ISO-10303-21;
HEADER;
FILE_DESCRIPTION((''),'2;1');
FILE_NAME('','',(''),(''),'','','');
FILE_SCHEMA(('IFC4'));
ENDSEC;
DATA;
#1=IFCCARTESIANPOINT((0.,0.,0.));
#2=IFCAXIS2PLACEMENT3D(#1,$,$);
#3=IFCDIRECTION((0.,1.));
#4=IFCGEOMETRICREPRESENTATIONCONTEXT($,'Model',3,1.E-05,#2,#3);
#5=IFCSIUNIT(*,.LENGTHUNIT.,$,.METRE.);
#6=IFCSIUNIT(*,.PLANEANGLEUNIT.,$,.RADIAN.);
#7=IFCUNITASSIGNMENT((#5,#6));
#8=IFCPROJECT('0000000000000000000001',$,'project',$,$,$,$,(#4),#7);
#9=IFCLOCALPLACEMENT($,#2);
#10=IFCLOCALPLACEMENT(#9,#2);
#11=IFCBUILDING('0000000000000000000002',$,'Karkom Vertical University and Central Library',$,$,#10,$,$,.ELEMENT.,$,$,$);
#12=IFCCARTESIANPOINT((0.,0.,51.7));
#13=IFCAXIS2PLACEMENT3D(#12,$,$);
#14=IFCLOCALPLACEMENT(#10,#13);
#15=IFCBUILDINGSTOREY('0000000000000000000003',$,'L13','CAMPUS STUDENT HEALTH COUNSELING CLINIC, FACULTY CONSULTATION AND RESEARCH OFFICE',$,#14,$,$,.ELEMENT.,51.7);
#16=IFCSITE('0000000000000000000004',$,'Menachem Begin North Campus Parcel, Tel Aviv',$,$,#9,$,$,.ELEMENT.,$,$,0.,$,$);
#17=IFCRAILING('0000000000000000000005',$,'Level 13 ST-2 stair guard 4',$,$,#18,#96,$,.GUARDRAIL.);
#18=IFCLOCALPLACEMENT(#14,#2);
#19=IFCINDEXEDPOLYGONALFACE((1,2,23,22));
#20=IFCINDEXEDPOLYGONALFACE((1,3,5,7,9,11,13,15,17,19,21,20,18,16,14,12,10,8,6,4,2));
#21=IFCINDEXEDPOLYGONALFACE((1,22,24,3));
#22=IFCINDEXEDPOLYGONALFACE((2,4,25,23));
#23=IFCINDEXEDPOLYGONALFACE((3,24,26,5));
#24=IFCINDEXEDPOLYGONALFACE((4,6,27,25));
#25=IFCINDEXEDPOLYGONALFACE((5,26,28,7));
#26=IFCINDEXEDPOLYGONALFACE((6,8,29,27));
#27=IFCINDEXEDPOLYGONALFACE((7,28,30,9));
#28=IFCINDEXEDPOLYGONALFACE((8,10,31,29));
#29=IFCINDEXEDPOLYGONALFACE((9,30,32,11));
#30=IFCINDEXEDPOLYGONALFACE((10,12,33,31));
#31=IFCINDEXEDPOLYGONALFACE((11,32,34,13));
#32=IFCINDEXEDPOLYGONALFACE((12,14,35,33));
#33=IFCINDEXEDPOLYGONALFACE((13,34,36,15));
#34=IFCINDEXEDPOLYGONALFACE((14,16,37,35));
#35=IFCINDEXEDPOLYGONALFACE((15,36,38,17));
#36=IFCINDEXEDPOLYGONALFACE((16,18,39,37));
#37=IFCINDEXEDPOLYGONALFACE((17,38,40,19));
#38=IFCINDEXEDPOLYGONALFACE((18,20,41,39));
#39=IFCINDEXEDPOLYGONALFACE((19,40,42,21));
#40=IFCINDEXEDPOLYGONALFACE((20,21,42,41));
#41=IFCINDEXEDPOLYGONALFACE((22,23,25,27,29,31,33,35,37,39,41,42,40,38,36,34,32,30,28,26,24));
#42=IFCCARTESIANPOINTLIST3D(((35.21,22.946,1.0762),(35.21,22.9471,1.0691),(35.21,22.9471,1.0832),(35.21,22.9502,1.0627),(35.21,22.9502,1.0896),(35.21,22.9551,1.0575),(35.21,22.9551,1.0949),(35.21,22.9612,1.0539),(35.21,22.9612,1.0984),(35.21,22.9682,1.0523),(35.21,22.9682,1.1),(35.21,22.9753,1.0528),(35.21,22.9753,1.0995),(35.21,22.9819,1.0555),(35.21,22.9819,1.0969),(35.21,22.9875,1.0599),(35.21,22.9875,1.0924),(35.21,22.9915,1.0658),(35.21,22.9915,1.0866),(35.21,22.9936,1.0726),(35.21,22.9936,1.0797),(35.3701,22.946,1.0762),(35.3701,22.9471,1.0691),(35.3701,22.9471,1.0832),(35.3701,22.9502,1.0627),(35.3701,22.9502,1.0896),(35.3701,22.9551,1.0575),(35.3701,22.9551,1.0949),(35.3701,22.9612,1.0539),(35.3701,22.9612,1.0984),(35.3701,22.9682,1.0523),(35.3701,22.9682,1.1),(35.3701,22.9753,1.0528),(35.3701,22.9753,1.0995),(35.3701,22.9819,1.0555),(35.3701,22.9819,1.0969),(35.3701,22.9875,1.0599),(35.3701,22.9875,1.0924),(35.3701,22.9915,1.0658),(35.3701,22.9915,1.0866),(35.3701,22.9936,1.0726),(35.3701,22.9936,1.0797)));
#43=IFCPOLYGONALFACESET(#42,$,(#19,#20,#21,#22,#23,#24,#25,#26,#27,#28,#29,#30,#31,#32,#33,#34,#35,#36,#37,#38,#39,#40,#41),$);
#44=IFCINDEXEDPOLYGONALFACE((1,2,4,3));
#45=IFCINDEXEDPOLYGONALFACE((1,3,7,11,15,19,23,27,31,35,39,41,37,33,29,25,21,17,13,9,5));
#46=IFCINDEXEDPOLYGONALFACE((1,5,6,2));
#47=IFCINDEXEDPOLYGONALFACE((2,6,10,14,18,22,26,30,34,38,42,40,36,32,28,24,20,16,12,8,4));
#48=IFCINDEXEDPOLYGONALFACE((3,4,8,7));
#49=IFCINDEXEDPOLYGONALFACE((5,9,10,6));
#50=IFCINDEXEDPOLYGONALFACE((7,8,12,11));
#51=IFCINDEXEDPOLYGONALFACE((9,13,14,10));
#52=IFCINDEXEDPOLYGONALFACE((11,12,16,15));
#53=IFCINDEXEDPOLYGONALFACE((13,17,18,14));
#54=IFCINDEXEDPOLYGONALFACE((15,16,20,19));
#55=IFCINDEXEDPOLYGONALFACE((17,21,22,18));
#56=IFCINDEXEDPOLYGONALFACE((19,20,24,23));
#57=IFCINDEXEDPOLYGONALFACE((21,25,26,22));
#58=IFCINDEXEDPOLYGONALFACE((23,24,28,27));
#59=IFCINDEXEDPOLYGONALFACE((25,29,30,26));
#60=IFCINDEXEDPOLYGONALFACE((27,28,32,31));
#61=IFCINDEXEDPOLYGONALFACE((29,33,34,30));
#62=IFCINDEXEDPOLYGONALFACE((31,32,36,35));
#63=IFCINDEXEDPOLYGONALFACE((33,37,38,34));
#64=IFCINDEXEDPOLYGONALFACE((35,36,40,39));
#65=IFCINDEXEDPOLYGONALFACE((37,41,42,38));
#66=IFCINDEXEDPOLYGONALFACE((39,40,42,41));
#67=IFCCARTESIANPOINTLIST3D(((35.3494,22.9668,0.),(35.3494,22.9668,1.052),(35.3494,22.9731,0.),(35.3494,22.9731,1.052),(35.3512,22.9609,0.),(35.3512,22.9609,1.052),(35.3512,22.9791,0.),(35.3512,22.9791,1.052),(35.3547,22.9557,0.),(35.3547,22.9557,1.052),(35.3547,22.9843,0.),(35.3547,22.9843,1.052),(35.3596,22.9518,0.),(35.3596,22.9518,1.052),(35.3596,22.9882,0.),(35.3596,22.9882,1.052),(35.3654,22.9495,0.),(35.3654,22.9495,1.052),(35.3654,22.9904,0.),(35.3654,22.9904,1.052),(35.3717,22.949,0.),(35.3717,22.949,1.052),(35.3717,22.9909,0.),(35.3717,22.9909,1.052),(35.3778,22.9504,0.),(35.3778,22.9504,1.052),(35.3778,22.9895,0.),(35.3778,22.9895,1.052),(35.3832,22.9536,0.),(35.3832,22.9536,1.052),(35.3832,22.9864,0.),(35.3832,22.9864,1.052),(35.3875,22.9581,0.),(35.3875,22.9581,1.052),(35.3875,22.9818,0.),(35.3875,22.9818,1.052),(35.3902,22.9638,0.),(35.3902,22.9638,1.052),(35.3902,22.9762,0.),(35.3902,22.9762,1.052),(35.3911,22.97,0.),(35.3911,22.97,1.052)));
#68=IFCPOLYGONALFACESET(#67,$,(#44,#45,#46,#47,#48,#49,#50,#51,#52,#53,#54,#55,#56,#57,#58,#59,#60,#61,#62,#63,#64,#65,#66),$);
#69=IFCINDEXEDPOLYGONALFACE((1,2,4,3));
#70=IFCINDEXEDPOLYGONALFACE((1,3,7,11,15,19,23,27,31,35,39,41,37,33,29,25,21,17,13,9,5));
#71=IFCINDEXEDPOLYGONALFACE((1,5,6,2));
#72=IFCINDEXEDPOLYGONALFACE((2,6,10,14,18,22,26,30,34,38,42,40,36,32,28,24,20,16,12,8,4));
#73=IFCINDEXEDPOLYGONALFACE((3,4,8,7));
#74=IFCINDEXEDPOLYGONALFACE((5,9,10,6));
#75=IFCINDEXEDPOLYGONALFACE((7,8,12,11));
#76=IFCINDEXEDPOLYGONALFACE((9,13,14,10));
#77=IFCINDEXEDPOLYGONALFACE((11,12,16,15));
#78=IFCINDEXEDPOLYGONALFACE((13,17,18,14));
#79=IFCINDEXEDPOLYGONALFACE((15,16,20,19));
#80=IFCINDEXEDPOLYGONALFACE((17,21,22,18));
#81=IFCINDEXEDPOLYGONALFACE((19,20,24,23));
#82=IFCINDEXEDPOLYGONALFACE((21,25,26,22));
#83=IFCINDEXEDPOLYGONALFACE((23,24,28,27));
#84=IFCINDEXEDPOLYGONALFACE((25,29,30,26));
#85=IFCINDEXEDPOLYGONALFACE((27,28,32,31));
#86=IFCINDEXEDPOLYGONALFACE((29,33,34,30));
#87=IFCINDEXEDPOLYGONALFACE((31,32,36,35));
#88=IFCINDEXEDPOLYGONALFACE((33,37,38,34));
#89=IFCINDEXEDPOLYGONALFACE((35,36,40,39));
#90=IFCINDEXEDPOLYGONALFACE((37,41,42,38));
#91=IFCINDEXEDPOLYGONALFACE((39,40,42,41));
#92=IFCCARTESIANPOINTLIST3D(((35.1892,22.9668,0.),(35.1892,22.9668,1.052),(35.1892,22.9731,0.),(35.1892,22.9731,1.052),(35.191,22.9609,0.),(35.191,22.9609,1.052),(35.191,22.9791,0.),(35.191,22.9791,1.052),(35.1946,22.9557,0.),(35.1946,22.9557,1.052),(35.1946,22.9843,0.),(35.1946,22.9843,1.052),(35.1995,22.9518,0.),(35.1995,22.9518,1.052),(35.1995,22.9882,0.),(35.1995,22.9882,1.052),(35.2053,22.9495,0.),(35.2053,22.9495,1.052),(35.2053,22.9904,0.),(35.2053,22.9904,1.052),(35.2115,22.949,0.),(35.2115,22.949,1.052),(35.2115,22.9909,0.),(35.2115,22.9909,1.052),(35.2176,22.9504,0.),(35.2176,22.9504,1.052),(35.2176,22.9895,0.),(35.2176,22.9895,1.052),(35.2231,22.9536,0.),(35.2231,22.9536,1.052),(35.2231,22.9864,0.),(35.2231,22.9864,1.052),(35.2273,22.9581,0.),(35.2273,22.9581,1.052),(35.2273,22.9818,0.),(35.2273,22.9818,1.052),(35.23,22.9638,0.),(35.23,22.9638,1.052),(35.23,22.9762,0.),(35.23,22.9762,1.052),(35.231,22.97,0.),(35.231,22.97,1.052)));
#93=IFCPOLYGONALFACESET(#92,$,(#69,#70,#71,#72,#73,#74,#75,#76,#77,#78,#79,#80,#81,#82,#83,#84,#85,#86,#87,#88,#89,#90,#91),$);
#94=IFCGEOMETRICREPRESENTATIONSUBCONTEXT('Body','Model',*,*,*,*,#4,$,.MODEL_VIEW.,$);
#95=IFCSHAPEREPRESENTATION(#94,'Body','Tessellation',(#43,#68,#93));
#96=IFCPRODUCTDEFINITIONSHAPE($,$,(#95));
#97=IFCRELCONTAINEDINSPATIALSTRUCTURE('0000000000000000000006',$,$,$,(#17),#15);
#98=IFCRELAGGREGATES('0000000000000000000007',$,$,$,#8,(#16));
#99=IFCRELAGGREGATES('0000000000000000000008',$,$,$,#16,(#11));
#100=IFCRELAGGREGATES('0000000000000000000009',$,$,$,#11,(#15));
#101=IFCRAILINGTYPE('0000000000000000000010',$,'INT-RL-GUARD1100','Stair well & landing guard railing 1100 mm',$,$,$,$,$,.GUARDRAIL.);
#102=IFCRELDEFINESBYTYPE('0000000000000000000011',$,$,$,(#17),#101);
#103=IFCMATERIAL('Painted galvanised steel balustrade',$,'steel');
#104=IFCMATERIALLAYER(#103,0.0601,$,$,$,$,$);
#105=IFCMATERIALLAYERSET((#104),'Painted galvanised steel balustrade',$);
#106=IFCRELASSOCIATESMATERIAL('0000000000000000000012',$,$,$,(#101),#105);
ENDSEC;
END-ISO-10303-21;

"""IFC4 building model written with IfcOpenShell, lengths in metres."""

from ifc_helpers import new_model, si_unit, direction, frame, origin, origin_2d, place, context, subcontext, project, spatial, circle, extrude, material, layer, layer_set, type_object, element, save


model = new_model("IFC4")

# Units and contexts
model_context = context("Model", 3, precision=1e-05, world=origin(), true_north=direction((0.0, 1.0)))
body_context = subcontext(model_context, "Body", "Model", "MODEL_VIEW")
ifc_project = project(units=[si_unit("LENGTHUNIT", "METRE"), si_unit("PLANEANGLEUNIT", "RADIAN")], contexts=[model_context])

# Site, building, storey
site_placement = place(None, origin())
site = spatial("IfcSite", under=ifc_project, at=site_placement, Name="Menachem Begin North Campus Parcel, Tel Aviv", CompositionType="ELEMENT", RefElevation=0.0)
building_placement = place(site_placement, origin())
building = spatial("IfcBuilding", under=site, at=building_placement, Name="Karkom Vertical University and Central Library", CompositionType="ELEMENT")
storey_placement = place(building_placement, frame((0.0, 0.0, 51.7)))
storey = spatial("IfcBuildingStorey", under=building, at=storey_placement, Name="L13", Description="CAMPUS STUDENT HEALTH COUNSELING CLINIC, FACULTY CONSULTATION AND RESEARCH OFFICE", CompositionType="ELEMENT", Elevation=51.7)

# Railing
ifc_material_1 = material(Name="Painted galvanised steel balustrade", Category="steel")
ifc_layer_1 = layer(ifc_material_1, 0.0601)
ifc_layer_set_1 = layer_set([ifc_layer_1], Name="Painted galvanised steel balustrade")
railing_type_1 = type_object("IfcRailingType", Name="INT-RL-GUARD1100", Description="Stair well & landing guard railing 1100 mm", PredefinedType="GUARDRAIL", material=ifc_layer_set_1)
railing_1_placement = place(storey_placement, frame((35.3701, 22.97, 0.0)))
element("IfcRailing", 1, at=railing_1_placement, inside=storey, type_object=railing_type_1, Name="Level 13 ST-2 stair guard 4", PredefinedType="GUARDRAIL", context=body_context, shape_type="SweptSolid", body=[
    extrude(circle(Radius=0.0239, at=origin_2d()), frame((0.0, 0.0, 1.0762), z_axis=(-1.0, 0.0, 0.0), x_axis=(0.0, -1.0, 0.0)), (0.0, 0.0, 1.0), 0.1602),
    extrude(circle(Radius=0.021, at=origin_2d()), origin(), (0.0, 0.0, 1.0), 1.052),
    extrude(circle(Radius=0.021, at=origin_2d()), frame((-0.1602, 0.0, 0.0)), (0.0, 0.0, 1.0), 1.052),
])

save(model, "model.ifc")
